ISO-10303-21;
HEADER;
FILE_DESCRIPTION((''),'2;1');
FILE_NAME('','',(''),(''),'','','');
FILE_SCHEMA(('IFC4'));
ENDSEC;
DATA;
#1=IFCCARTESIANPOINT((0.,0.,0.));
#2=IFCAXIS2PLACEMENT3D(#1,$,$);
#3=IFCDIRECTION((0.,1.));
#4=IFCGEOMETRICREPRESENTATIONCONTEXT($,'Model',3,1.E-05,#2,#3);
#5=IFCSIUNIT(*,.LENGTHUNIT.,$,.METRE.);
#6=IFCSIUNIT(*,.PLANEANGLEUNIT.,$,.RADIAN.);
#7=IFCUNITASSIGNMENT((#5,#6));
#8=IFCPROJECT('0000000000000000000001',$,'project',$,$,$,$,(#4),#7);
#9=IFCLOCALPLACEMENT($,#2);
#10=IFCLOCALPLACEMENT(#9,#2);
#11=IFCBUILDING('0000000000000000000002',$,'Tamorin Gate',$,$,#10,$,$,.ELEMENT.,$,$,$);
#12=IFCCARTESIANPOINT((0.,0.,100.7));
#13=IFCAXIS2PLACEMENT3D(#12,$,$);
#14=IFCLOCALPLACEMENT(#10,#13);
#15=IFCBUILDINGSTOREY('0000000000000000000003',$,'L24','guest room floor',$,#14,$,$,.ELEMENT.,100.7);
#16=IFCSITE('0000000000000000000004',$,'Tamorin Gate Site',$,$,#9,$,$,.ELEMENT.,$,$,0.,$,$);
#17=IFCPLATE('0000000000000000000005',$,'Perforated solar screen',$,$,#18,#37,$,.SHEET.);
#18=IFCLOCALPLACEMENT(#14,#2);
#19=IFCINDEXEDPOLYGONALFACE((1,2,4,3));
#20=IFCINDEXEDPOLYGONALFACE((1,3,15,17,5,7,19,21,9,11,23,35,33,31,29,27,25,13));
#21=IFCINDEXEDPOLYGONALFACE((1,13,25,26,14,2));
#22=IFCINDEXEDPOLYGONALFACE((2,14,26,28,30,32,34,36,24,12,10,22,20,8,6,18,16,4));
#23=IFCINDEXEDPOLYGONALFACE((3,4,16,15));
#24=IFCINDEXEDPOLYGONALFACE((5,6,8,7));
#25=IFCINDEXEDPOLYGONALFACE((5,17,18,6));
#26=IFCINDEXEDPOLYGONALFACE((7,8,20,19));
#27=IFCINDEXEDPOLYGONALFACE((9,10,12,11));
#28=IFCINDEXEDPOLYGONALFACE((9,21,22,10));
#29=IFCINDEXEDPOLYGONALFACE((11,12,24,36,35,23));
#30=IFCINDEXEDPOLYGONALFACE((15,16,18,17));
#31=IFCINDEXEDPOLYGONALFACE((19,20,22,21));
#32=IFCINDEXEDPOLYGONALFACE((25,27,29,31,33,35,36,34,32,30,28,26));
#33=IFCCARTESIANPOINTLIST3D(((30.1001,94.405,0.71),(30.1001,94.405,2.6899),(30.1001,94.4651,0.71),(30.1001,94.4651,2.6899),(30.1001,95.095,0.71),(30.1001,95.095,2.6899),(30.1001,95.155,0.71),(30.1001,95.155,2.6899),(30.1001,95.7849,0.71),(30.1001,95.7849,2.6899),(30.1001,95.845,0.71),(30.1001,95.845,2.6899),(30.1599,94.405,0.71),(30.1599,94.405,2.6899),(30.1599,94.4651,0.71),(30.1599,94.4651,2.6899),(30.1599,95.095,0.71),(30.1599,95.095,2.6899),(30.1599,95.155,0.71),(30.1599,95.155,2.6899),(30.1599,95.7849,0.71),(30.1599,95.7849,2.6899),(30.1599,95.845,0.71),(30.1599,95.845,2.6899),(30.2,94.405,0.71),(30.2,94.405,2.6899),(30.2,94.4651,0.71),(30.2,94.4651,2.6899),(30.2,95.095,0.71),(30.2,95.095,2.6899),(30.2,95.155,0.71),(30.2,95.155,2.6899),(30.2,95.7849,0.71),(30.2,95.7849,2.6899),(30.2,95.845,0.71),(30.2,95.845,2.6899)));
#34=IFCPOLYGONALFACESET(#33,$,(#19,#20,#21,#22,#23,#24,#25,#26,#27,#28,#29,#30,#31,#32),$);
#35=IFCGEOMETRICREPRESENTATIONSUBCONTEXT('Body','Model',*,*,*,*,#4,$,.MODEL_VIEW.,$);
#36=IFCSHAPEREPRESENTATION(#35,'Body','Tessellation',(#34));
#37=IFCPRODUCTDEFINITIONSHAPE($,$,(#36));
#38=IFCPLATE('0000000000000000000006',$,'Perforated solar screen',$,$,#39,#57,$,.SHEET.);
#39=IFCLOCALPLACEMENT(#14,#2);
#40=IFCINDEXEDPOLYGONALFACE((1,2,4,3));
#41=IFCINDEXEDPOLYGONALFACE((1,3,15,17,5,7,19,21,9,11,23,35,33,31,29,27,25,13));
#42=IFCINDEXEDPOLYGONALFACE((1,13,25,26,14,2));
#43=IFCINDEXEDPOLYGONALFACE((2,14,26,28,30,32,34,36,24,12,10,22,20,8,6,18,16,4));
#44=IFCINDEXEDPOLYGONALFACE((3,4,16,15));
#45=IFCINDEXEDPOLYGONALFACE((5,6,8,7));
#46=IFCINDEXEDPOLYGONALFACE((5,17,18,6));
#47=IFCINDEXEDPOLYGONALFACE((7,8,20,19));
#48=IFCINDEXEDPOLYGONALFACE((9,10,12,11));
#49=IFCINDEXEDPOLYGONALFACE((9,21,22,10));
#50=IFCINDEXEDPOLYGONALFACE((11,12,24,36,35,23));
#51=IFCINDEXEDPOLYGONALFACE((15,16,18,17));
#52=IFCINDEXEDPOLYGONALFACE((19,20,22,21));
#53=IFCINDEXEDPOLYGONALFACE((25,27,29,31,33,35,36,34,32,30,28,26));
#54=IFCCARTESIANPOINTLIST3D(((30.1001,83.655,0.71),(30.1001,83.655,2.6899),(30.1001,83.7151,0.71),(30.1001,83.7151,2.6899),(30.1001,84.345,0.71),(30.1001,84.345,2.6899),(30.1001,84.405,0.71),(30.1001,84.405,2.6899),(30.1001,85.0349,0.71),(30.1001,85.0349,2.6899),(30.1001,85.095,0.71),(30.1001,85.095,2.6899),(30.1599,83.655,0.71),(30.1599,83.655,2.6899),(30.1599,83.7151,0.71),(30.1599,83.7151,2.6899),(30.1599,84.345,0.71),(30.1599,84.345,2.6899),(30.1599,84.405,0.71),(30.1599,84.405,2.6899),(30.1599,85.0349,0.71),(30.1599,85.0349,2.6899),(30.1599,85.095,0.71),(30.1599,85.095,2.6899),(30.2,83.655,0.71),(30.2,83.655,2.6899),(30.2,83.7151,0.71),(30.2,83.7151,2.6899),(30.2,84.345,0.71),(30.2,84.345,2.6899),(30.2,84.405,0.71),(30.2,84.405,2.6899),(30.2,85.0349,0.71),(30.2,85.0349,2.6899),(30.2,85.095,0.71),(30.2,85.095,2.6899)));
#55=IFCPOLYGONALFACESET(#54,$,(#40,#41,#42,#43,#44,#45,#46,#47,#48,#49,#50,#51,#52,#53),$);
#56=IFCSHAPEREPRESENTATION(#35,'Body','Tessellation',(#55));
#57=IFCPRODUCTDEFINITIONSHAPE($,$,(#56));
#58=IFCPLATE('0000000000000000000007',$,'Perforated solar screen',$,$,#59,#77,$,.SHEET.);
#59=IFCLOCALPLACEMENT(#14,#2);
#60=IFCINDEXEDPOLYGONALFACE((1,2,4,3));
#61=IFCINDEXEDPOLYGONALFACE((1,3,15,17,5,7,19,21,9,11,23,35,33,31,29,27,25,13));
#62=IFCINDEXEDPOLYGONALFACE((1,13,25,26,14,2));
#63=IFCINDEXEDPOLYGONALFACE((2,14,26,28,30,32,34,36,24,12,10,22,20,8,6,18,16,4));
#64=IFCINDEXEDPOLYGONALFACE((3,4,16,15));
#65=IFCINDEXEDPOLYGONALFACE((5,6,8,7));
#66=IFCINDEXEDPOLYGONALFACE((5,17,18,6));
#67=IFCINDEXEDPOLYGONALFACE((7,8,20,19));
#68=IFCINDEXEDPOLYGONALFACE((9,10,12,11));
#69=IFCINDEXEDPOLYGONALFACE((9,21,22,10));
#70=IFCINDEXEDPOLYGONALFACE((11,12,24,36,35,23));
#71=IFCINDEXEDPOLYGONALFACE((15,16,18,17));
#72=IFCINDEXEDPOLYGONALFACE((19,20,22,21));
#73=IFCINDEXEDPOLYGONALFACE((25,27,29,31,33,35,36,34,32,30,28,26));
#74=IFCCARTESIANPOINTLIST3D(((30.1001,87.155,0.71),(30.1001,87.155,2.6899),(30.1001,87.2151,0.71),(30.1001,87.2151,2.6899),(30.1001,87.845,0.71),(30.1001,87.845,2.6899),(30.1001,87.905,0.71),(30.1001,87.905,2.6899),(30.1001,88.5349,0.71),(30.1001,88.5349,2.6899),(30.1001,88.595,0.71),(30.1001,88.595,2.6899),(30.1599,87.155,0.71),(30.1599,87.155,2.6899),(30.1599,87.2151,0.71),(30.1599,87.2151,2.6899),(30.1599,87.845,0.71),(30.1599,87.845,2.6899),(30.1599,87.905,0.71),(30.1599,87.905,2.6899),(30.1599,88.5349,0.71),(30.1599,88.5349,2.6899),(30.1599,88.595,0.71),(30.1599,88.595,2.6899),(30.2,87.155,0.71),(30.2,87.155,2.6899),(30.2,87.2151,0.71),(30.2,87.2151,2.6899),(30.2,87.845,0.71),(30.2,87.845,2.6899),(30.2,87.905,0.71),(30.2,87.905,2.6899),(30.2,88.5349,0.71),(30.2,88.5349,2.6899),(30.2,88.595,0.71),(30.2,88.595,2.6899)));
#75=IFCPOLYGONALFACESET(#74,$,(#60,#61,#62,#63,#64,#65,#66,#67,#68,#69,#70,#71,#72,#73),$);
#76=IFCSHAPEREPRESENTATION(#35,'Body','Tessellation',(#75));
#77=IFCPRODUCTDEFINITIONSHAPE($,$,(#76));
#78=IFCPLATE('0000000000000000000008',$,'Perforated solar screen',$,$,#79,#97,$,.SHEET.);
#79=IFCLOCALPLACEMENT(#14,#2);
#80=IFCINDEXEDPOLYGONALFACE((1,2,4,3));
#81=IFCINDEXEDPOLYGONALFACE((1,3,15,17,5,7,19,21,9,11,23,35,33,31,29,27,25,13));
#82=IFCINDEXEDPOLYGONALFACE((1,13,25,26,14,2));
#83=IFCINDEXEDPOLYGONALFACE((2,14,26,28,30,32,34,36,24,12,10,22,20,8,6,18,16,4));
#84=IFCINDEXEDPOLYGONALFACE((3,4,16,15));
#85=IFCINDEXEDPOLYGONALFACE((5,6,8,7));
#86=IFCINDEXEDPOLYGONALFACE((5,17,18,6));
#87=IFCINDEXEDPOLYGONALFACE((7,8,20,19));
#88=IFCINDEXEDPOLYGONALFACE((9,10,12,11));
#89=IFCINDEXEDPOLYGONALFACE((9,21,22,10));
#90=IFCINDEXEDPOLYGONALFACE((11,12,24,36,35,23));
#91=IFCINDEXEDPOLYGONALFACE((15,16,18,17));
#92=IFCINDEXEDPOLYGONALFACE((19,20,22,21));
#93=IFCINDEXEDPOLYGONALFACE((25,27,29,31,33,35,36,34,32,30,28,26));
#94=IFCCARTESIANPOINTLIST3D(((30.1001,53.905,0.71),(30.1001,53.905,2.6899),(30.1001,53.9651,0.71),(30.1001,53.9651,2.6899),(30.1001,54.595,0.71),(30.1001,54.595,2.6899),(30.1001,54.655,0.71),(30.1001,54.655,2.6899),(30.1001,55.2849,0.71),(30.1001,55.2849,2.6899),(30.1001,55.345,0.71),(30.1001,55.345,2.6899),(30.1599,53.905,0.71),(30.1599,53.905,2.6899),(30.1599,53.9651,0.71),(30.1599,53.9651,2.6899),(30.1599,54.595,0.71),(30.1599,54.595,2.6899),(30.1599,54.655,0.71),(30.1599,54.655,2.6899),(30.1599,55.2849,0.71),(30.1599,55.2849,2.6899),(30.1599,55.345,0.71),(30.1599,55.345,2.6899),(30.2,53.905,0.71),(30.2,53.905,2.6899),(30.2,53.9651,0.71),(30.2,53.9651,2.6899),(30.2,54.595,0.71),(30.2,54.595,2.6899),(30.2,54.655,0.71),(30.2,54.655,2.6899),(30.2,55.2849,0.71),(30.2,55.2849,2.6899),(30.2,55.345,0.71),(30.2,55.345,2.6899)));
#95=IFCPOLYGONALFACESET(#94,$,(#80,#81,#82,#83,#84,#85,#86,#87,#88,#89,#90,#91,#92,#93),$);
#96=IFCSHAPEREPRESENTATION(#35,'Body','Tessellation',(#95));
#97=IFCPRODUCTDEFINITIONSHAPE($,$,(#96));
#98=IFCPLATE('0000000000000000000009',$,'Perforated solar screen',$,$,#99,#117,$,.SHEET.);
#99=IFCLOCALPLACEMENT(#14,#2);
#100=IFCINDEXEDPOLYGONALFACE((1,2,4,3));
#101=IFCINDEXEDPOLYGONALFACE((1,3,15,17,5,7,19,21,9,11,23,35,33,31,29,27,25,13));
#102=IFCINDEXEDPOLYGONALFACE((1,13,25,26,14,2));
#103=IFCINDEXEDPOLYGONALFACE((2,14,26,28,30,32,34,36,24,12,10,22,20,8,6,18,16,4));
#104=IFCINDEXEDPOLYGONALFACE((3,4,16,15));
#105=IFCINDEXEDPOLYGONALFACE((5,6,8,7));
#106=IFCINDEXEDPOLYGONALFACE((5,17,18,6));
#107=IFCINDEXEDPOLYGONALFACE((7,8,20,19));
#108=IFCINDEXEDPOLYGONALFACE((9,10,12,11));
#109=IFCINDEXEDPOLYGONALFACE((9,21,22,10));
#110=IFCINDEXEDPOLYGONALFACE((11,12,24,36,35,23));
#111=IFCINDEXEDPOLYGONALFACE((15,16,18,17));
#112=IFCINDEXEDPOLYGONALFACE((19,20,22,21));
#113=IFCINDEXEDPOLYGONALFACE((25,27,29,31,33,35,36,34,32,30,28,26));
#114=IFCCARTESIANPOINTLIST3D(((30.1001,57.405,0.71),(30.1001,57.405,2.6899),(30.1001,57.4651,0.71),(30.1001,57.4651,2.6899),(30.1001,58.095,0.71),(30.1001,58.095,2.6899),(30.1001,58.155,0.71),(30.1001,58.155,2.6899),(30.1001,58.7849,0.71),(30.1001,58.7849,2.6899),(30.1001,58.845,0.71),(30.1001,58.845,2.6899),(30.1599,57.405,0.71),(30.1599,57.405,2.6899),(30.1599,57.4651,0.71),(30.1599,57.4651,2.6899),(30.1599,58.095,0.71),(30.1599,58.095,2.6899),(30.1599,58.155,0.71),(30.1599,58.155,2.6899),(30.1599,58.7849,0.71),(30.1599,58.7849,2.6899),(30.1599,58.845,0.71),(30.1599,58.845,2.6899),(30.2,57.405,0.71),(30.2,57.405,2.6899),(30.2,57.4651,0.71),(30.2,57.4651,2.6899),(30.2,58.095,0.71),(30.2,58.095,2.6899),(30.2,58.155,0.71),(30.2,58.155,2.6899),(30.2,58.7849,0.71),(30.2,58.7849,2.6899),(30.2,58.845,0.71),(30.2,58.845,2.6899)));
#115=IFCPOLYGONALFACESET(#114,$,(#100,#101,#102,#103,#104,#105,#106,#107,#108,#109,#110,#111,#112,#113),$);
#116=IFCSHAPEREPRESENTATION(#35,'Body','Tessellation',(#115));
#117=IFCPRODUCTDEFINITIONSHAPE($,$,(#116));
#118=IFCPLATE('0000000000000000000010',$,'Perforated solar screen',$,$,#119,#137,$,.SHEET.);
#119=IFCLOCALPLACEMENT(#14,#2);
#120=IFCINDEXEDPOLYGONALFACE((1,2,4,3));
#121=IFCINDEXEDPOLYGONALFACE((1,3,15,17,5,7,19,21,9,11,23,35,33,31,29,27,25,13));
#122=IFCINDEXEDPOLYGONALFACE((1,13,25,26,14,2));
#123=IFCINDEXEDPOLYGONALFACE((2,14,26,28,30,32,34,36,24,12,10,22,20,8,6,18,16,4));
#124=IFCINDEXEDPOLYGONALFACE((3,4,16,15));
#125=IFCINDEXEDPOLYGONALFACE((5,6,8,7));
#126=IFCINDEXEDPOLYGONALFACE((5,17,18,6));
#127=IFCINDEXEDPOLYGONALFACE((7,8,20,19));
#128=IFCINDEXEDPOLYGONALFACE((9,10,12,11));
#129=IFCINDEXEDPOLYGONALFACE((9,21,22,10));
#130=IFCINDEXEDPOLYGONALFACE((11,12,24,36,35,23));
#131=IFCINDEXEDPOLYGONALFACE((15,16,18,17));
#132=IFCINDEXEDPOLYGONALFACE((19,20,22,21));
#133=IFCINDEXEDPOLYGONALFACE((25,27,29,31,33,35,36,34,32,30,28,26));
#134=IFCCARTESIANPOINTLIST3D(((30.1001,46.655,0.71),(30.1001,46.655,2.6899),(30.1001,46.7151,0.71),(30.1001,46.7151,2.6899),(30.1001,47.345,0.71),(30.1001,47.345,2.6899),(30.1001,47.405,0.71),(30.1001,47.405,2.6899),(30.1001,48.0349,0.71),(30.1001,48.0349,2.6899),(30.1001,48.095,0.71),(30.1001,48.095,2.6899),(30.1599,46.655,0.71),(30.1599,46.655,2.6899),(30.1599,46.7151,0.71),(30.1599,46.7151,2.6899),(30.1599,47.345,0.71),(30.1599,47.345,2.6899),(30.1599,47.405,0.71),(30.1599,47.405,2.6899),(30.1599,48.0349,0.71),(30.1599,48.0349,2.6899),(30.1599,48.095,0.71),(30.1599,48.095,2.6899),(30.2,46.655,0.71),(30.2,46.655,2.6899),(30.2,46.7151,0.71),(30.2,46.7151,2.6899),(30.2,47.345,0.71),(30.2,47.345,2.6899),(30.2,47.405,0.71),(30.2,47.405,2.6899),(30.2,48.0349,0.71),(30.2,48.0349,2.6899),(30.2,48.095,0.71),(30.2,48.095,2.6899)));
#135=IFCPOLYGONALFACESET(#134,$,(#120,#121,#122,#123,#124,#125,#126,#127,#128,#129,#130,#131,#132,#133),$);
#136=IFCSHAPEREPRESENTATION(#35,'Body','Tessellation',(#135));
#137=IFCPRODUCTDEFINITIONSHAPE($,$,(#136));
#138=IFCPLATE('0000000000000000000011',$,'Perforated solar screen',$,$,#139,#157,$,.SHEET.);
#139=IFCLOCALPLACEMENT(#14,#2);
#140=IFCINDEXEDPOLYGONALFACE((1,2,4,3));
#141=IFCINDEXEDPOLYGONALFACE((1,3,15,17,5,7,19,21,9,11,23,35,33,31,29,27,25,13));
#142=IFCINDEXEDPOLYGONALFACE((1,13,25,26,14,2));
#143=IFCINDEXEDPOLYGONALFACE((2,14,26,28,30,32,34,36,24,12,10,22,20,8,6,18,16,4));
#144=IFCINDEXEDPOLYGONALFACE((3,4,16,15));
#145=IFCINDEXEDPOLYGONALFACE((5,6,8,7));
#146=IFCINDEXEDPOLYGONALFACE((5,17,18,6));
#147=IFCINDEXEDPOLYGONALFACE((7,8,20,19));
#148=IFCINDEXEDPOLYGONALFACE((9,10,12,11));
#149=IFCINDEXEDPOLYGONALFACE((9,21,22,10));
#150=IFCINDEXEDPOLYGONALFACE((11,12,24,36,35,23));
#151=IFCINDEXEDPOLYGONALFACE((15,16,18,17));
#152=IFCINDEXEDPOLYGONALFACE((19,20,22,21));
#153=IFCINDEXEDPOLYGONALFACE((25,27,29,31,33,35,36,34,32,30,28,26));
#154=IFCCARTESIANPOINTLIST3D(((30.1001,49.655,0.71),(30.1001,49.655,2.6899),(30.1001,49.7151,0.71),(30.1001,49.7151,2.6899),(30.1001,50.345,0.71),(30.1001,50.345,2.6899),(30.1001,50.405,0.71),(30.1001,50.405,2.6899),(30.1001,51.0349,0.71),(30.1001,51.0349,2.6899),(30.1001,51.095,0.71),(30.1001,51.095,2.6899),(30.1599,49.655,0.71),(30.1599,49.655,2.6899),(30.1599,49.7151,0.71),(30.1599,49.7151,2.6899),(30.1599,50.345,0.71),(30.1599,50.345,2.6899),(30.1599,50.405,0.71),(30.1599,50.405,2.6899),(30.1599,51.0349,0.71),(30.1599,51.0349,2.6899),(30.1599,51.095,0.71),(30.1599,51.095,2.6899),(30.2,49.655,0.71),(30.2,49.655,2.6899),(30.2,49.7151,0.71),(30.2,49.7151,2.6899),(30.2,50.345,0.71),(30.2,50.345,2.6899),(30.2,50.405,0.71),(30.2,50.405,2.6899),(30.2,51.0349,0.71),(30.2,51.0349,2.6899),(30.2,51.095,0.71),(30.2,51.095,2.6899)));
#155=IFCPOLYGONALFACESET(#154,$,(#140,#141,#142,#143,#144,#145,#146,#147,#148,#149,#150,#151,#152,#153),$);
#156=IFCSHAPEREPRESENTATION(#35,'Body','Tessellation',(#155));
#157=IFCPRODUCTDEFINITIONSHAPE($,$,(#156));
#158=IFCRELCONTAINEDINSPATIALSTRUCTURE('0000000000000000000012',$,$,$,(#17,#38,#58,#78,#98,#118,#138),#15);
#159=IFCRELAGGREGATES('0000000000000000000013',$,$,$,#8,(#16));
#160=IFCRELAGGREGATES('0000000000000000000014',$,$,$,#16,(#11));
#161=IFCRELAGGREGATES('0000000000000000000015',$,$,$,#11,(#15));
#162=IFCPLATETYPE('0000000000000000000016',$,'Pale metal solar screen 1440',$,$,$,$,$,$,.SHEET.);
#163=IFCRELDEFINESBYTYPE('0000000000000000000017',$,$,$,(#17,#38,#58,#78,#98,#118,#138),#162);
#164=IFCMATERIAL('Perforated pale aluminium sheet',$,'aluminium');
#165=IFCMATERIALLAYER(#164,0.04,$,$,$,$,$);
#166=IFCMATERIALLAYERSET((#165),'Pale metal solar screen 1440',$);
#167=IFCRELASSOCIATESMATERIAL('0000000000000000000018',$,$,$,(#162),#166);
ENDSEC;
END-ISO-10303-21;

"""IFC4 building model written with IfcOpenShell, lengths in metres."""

from ifc_helpers import new_model, si_unit, direction, frame, origin, place, context, subcontext, project, spatial, polyline, outline, extrude, material, layer, layer_set, type_object, element, save


model = new_model("IFC4")

# Units and contexts
model_context = context("Model", 3, precision=1e-05, world=origin(), true_north=direction((0.0, 1.0)))
body_context = subcontext(model_context, "Body", "Model", "MODEL_VIEW")
ifc_project = project(units=[si_unit("LENGTHUNIT", "METRE"), si_unit("PLANEANGLEUNIT", "RADIAN")], contexts=[model_context])

# Site, building, storey
site_placement = place(None, origin())
site = spatial("IfcSite", under=ifc_project, at=site_placement, Name="Tamorin Gate Site", CompositionType="ELEMENT", RefElevation=0.0)
building_placement = place(site_placement, origin())
building = spatial("IfcBuilding", under=site, at=building_placement, Name="Tamorin Gate", CompositionType="ELEMENT")
storey_placement = place(building_placement, frame((0.0, 0.0, 100.7)))
storey = spatial("IfcBuildingStorey", under=building, at=storey_placement, Name="L24", Description="guest room floor", CompositionType="ELEMENT", Elevation=100.7)

# Plates
ifc_material_1 = material(Name="Perforated pale aluminium sheet", Category="aluminium")
ifc_layer_1 = layer(ifc_material_1, 0.04)
ifc_layer_set_1 = layer_set([ifc_layer_1], Name="Pale metal solar screen 1440")
plate_type = type_object("IfcPlateType", Name="Pale metal solar screen 1440", PredefinedType="SHEET", material=ifc_layer_set_1)
plate_1_placement = place(storey_placement, frame((0.0, 0.0, 0.71)))
element("IfcPlate", 1, at=plate_1_placement, inside=storey, type_object=plate_type, Name="Perforated solar screen", PredefinedType="SHEET", context=body_context, shape_type="SweptSolid", body=[
    extrude(outline(polyline([(30.1599, 95.845), (30.2, 95.845), (30.2, 95.7849), (30.2, 95.155), (30.2, 95.095), (30.2, 94.4651), (30.2, 94.405), (30.2, 94.405), (30.1599, 94.405), (30.1599, 94.405), (30.1001, 94.405), (30.1001, 94.4651), (30.1599, 94.4651), (30.1599, 95.095), (30.1001, 95.095), (30.1001, 95.155), (30.1599, 95.155), (30.1599, 95.7849), (30.1001, 95.7849), (30.1001, 95.845), (30.1599, 95.845)])), origin(), (0.0, 0.0, 1.0), 1.98),
])
plate_2_placement = place(storey_placement, frame((0.0, 0.0, 0.71)))
element("IfcPlate", 2, at=plate_2_placement, inside=storey, type_object=plate_type, Name="Perforated solar screen", PredefinedType="SHEET", context=body_context, shape_type="SweptSolid", body=[
    extrude(outline(polyline([(30.1599, 85.095), (30.2, 85.095), (30.2, 85.0349), (30.2, 84.405), (30.2, 84.345), (30.2, 83.7151), (30.2, 83.655), (30.1599, 83.655), (30.1001, 83.655), (30.1001, 83.7151), (30.1599, 83.7151), (30.1599, 84.345), (30.1001, 84.345), (30.1001, 84.405), (30.1599, 84.405), (30.1599, 85.0349), (30.1001, 85.0349), (30.1001, 85.095), (30.1599, 85.095)])), origin(), (0.0, 0.0, 1.0), 1.98),
])
plate_3_placement = place(storey_placement, frame((0.0, 0.0, 0.71)))
element("IfcPlate", 3, at=plate_3_placement, inside=storey, type_object=plate_type, Name="Perforated solar screen", PredefinedType="SHEET", context=body_context, shape_type="SweptSolid", body=[
    extrude(outline(polyline([(30.1599, 88.595), (30.2, 88.595), (30.2, 88.5349), (30.2, 87.905), (30.2, 87.845), (30.2, 87.2151), (30.2, 87.155), (30.1599, 87.155), (30.1001, 87.155), (30.1001, 87.2151), (30.1599, 87.2151), (30.1599, 87.845), (30.1001, 87.845), (30.1001, 87.905), (30.1599, 87.905), (30.1599, 88.5349), (30.1001, 88.5349), (30.1001, 88.595), (30.1599, 88.595)])), origin(), (0.0, 0.0, 1.0), 1.98),
])
plate_4_placement = place(storey_placement, frame((0.0, 0.0, 0.71)))
element("IfcPlate", 4, at=plate_4_placement, inside=storey, type_object=plate_type, Name="Perforated solar screen", PredefinedType="SHEET", context=body_context, shape_type="SweptSolid", body=[
    extrude(outline(polyline([(30.1599, 55.345), (30.2, 55.345), (30.2, 55.2849), (30.2, 54.655), (30.2, 54.595), (30.2, 53.9651), (30.2, 53.905), (30.1599, 53.905), (30.1001, 53.905), (30.1001, 53.9651), (30.1599, 53.9651), (30.1599, 54.595), (30.1001, 54.595), (30.1001, 54.655), (30.1599, 54.655), (30.1599, 55.2849), (30.1001, 55.2849), (30.1001, 55.345), (30.1599, 55.345)])), origin(), (0.0, 0.0, 1.0), 1.98),
])
plate_5_placement = place(storey_placement, frame((0.0, 0.0, 0.71)))
element("IfcPlate", 5, at=plate_5_placement, inside=storey, type_object=plate_type, Name="Perforated solar screen", PredefinedType="SHEET", context=body_context, shape_type="SweptSolid", body=[
    extrude(outline(polyline([(30.1599, 58.845), (30.2, 58.845), (30.2, 58.7849), (30.2, 58.155), (30.2, 58.095), (30.2, 57.4651), (30.2, 57.405), (30.1599, 57.405), (30.1001, 57.405), (30.1001, 57.4651), (30.1599, 57.4651), (30.1599, 58.095), (30.1001, 58.095), (30.1001, 58.155), (30.1599, 58.155), (30.1599, 58.7849), (30.1001, 58.7849), (30.1001, 58.845), (30.1599, 58.845)])), origin(), (0.0, 0.0, 1.0), 1.98),
])
plate_6_placement = place(storey_placement, frame((0.0, 0.0, 0.71)))
element("IfcPlate", 6, at=plate_6_placement, inside=storey, type_object=plate_type, Name="Perforated solar screen", PredefinedType="SHEET", context=body_context, shape_type="SweptSolid", body=[
    extrude(outline(polyline([(30.1599, 48.095), (30.2, 48.095), (30.2, 48.0349), (30.2, 47.405), (30.2, 47.345), (30.2, 46.7151), (30.2, 46.655), (30.1599, 46.655), (30.1001, 46.655), (30.1001, 46.7151), (30.1599, 46.7151), (30.1599, 47.345), (30.1001, 47.345), (30.1001, 47.405), (30.1599, 47.405), (30.1599, 48.0349), (30.1001, 48.0349), (30.1001, 48.095), (30.1599, 48.095)])), origin(), (0.0, 0.0, 1.0), 1.98),
])
plate_7_placement = place(storey_placement, frame((0.0, 0.0, 0.71)))
element("IfcPlate", 7, at=plate_7_placement, inside=storey, type_object=plate_type, Name="Perforated solar screen", PredefinedType="SHEET", context=body_context, shape_type="SweptSolid", body=[
    extrude(outline(polyline([(30.1599, 51.095), (30.2, 51.095), (30.2, 51.0349), (30.2, 50.405), (30.2, 50.345), (30.2, 49.7151), (30.2, 49.655), (30.1599, 49.655), (30.1001, 49.655), (30.1001, 49.7151), (30.1599, 49.7151), (30.1599, 50.345), (30.1001, 50.345), (30.1001, 50.405), (30.1599, 50.405), (30.1599, 51.0349), (30.1001, 51.0349), (30.1001, 51.095), (30.1599, 51.095)])), origin(), (0.0, 0.0, 1.0), 1.98),
])

save(model, "model.ifc")
